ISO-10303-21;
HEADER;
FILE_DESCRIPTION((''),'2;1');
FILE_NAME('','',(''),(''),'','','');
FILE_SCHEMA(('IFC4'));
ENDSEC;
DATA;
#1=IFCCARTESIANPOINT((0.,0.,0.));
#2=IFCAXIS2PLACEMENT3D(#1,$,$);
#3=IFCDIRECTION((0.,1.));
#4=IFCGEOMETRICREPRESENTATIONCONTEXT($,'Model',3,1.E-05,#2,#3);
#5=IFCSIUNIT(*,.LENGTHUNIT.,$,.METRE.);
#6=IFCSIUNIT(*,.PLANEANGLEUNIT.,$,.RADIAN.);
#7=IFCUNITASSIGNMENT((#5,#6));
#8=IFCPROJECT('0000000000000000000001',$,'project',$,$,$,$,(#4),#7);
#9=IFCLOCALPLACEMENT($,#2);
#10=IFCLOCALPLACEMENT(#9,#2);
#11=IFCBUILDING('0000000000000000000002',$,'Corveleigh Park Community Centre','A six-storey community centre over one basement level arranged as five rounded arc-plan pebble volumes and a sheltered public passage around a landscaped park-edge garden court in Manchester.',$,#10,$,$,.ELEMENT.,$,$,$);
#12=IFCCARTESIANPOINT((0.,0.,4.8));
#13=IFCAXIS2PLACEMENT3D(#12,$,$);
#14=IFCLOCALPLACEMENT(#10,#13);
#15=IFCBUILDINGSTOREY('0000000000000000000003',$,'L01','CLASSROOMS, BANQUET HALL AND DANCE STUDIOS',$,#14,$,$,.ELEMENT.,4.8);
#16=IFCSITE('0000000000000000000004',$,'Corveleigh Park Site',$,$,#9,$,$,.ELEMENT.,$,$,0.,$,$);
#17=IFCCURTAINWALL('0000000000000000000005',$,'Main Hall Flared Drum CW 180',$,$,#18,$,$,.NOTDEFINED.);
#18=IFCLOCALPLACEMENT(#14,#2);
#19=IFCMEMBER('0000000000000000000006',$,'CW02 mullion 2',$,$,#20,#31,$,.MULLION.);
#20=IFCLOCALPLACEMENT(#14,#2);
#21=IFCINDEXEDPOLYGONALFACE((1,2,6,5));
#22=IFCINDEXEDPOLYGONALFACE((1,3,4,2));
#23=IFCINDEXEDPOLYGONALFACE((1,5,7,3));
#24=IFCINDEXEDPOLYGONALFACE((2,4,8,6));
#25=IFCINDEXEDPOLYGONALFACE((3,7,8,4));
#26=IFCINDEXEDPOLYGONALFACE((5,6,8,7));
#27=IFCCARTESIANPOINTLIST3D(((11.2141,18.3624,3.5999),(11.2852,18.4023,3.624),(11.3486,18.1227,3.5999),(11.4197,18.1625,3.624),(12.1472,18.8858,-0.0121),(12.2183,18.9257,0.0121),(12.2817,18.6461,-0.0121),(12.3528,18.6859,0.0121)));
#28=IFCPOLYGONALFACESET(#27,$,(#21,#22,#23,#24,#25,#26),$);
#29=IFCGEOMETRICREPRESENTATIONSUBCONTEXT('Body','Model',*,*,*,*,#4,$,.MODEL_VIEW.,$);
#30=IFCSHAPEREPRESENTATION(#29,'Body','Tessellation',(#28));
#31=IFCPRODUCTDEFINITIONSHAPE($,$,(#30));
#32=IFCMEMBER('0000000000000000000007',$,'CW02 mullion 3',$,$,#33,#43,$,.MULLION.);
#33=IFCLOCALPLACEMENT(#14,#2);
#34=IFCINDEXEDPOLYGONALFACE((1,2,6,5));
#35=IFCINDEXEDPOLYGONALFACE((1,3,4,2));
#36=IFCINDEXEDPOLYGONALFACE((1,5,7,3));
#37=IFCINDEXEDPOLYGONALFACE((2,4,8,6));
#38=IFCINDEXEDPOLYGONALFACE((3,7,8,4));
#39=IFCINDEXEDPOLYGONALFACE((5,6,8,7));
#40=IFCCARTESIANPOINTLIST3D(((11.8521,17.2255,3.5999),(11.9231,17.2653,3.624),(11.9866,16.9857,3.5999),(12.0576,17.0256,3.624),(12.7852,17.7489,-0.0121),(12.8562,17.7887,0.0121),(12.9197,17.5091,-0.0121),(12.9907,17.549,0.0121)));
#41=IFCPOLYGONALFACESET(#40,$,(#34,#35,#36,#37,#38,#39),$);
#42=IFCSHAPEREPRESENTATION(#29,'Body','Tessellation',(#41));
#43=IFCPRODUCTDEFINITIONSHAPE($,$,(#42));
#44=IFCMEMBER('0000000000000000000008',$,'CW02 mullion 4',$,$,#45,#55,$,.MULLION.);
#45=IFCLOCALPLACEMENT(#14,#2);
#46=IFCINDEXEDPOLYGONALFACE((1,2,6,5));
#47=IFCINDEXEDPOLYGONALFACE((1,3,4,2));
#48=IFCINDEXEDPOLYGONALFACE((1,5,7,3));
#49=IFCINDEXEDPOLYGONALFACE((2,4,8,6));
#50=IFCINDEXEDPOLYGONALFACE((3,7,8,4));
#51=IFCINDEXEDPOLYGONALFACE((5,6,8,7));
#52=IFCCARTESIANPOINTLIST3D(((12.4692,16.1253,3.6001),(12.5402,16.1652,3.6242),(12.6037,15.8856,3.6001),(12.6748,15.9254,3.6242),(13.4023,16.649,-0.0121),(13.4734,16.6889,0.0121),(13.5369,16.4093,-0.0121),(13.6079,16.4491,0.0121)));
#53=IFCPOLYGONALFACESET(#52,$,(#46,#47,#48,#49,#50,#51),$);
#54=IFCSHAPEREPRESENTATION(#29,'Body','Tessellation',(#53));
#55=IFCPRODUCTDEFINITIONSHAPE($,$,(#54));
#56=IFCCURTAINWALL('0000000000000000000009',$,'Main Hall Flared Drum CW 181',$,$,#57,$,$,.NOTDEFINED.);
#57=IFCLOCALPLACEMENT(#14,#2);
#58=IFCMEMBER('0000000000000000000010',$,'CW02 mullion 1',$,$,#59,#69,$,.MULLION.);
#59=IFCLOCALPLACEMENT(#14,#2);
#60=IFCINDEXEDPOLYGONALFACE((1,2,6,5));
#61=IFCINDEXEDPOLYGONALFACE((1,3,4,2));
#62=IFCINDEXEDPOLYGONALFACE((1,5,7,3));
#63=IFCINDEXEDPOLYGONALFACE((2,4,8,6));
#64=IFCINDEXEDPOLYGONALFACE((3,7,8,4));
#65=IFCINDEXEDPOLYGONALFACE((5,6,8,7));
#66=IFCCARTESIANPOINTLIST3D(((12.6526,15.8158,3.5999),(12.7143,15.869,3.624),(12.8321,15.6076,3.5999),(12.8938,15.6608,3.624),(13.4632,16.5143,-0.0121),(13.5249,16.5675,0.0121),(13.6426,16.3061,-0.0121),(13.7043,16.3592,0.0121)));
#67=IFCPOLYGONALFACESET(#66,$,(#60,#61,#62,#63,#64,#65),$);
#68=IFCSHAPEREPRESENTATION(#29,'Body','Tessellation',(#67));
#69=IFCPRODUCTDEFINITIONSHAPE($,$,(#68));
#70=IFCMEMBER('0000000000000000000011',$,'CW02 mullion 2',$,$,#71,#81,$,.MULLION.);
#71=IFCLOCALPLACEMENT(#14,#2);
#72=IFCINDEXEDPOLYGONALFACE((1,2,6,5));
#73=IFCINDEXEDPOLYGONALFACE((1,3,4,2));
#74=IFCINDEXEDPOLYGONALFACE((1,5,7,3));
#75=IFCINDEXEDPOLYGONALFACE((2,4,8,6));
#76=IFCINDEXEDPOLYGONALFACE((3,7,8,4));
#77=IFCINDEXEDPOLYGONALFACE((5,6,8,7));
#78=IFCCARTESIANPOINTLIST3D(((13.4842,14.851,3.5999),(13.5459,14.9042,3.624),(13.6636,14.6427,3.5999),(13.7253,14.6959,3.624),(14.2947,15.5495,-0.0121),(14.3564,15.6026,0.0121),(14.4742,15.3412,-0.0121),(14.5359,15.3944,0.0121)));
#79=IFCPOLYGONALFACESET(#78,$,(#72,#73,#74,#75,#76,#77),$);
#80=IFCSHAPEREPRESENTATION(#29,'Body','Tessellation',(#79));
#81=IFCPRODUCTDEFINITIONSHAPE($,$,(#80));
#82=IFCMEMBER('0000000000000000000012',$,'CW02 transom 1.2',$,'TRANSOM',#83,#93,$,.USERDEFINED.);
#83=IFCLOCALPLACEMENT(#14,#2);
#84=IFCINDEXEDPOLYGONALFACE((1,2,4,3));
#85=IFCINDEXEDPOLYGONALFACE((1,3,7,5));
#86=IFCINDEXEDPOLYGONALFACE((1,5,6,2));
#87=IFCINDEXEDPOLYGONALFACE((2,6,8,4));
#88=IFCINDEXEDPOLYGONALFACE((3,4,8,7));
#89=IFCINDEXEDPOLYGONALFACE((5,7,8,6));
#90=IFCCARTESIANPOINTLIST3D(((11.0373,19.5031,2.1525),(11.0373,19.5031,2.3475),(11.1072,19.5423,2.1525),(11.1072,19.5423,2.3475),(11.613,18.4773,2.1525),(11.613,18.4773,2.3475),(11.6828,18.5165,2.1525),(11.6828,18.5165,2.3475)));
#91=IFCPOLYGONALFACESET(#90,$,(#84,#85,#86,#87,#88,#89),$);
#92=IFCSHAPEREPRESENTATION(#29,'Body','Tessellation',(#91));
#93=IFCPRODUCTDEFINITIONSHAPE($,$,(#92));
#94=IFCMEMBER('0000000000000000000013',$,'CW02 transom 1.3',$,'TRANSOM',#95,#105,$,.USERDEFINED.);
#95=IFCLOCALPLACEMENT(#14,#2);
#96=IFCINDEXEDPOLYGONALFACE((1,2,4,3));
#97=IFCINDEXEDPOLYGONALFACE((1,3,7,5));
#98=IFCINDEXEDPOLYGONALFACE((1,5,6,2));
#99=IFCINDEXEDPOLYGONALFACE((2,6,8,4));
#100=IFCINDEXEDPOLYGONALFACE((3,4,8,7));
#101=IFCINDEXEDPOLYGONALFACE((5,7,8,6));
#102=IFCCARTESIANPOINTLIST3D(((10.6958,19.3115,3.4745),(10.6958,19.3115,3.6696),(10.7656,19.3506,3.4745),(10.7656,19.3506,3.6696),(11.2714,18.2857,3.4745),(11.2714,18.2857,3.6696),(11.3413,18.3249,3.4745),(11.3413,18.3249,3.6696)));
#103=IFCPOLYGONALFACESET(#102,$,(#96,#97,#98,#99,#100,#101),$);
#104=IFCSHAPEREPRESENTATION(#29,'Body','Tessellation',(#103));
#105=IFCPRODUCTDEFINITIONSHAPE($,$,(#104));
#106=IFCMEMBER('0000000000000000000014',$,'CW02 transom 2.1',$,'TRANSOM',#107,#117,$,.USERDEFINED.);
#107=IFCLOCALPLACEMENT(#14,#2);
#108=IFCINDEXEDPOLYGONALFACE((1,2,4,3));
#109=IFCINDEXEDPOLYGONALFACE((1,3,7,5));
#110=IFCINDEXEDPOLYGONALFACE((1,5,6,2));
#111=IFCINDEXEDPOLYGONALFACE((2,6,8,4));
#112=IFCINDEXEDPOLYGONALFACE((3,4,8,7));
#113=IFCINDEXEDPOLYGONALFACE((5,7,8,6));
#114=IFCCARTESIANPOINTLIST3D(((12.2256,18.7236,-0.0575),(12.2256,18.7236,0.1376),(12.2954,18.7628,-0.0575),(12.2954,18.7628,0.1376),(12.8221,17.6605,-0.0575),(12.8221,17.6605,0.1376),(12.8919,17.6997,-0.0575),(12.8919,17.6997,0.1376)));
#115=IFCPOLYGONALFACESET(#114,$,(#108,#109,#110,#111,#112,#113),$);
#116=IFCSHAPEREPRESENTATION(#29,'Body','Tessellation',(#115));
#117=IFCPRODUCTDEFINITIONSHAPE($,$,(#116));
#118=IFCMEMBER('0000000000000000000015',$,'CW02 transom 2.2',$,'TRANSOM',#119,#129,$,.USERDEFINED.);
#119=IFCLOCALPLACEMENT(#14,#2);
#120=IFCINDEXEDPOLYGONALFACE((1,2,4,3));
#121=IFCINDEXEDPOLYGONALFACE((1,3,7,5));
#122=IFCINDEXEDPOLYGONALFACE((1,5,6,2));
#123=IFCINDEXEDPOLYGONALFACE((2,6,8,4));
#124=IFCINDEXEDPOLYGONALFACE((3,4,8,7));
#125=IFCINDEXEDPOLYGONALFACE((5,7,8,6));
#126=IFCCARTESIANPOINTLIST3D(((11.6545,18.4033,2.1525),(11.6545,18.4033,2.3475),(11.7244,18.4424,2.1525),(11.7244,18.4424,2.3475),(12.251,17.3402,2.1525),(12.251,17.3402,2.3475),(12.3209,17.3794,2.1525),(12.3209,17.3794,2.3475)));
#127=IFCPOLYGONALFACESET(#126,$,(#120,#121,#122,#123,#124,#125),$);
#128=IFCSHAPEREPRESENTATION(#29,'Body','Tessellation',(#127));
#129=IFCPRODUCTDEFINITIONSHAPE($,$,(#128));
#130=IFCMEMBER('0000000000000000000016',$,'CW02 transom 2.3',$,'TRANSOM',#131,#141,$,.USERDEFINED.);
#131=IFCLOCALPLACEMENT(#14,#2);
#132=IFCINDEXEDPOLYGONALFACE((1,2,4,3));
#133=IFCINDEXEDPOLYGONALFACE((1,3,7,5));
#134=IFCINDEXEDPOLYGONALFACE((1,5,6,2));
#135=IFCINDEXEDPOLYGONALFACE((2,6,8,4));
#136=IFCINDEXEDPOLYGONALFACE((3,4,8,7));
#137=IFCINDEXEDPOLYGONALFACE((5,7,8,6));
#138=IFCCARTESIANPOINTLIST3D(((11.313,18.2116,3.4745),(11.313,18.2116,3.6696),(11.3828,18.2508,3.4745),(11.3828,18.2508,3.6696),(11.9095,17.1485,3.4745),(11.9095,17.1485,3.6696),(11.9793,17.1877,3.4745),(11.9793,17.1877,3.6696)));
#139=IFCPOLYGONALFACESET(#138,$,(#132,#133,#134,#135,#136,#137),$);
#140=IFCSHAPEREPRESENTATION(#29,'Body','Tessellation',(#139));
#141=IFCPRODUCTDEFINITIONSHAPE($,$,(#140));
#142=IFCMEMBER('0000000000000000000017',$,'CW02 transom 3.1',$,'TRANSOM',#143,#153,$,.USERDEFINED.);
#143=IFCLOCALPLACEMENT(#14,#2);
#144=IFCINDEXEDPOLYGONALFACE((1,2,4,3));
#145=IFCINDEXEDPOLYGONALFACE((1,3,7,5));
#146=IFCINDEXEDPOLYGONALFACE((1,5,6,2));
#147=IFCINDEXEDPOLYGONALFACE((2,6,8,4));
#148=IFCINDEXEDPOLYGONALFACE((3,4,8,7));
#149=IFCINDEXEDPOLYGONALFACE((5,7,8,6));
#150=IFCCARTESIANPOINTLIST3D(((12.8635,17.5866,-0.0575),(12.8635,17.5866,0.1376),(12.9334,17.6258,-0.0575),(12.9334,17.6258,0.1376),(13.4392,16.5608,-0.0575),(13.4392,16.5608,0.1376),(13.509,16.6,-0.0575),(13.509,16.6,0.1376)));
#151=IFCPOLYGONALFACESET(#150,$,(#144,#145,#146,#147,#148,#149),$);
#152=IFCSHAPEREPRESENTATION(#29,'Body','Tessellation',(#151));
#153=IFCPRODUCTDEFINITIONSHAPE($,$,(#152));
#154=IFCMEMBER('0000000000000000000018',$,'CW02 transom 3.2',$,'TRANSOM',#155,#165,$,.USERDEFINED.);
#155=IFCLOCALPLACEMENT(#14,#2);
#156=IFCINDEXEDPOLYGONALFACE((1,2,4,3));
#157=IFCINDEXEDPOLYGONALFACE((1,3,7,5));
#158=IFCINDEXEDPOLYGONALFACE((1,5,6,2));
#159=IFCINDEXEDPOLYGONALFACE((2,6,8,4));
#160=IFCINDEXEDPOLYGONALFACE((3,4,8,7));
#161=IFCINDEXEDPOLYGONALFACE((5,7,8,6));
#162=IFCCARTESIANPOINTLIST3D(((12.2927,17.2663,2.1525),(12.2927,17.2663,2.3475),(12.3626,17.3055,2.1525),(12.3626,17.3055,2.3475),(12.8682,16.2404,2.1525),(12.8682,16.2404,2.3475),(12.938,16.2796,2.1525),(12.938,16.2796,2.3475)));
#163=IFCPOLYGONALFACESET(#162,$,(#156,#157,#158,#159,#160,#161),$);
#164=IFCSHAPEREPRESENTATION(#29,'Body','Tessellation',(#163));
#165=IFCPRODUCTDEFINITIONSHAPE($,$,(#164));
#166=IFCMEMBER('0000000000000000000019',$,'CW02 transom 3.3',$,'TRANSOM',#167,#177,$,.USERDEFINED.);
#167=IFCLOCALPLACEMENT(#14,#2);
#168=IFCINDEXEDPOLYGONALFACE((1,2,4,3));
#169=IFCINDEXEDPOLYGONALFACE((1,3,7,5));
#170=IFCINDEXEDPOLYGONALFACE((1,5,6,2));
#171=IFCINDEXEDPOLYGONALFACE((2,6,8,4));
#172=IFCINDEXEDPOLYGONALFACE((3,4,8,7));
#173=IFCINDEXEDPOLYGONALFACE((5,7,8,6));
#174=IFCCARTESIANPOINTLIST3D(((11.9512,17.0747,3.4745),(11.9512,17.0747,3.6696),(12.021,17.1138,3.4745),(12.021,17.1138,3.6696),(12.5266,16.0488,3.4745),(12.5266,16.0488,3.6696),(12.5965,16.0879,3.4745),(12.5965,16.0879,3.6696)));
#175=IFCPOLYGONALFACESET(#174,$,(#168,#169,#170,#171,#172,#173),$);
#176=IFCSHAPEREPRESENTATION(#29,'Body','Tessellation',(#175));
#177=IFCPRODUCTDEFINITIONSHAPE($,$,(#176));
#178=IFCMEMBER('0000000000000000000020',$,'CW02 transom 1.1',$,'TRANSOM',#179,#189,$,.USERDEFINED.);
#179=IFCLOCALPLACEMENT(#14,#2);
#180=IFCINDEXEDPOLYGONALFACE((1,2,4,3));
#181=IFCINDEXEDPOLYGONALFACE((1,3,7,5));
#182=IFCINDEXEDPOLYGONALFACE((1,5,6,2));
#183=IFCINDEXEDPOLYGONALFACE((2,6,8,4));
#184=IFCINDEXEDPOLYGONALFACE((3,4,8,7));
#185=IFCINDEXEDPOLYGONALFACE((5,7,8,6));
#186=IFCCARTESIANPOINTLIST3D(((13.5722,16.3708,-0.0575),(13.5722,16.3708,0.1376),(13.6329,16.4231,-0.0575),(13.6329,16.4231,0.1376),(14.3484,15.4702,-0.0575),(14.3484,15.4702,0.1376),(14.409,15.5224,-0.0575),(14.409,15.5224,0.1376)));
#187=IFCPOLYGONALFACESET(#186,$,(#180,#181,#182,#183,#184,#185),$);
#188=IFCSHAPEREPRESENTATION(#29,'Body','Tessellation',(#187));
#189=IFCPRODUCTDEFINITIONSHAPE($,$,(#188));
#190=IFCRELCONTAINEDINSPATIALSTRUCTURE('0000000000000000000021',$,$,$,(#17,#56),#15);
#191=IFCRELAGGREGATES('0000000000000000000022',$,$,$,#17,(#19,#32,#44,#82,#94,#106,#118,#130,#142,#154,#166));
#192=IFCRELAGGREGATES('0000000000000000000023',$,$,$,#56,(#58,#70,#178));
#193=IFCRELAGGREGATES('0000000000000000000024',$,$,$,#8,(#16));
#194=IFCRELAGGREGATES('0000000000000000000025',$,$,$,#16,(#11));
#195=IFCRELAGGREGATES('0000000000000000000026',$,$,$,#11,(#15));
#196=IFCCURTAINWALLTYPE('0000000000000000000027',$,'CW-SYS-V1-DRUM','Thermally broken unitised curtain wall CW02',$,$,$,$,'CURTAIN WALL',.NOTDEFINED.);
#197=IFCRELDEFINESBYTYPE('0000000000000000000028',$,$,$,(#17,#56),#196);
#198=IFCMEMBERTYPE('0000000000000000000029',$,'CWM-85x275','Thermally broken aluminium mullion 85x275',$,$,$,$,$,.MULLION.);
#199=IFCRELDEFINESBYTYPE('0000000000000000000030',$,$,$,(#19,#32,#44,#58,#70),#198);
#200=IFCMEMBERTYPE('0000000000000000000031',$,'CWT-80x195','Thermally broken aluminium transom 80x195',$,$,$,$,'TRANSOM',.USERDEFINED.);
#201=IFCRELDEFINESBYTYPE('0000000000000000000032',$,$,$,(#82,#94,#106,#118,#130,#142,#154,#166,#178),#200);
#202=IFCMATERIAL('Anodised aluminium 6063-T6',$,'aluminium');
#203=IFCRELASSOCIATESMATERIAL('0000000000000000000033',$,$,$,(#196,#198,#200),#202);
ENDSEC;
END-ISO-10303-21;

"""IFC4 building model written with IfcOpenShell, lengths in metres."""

from ifc_helpers import new_model, si_unit, direction, frame, origin, origin_2d, place, context, subcontext, project, spatial, rectangle, extrude, material, material_profile, profile_set, type_object, element, aggregate, save


model = new_model("IFC4")

# Units and contexts
model_context = context("Model", 3, precision=1e-05, world=origin(), true_north=direction((0.0, 1.0)))
body_context = subcontext(model_context, "Body", "Model", "MODEL_VIEW")
ifc_project = project(units=[si_unit("LENGTHUNIT", "METRE"), si_unit("PLANEANGLEUNIT", "RADIAN")], contexts=[model_context])

# Site, building, storey
site_placement = place(None, origin())
site = spatial("IfcSite", under=ifc_project, at=site_placement, Name="Corveleigh Park Site", CompositionType="ELEMENT", RefElevation=0.0)
building_placement = place(site_placement, origin())
building = spatial("IfcBuilding", under=site, at=building_placement, Name="Corveleigh Park Community Centre", Description="A six-storey community centre over one basement level arranged as five rounded arc-plan pebble volumes and a sheltered public passage around a landscaped park-edge garden court in Manchester.", CompositionType="ELEMENT")
storey_placement = place(building_placement, frame((0.0, 0.0, 4.8)))
storey = spatial("IfcBuildingStorey", under=building, at=storey_placement, Name="L01", Description="CLASSROOMS, BANQUET HALL AND DANCE STUDIOS", CompositionType="ELEMENT", Elevation=4.8)

# Curtain walls, members
ifc_material_1 = material(Name="Anodised aluminium 6063-T6", Category="aluminium")
curtain_wall_type = type_object("IfcCurtainWallType", Name="CW-SYS-V1-DRUM", Description="Thermally broken unitised curtain wall CW02", ElementType="CURTAIN WALL", PredefinedType="NOTDEFINED", material=ifc_material_1)
curtain_wall_1_placement = place(storey_placement, origin())
curtain_wall_1 = element("IfcCurtainWall", 1, at=curtain_wall_1_placement, inside=storey, type_object=curtain_wall_type, Name="Main Hall Flared Drum CW 180", PredefinedType="NOTDEFINED")
ifc_material_profile_1 = material_profile(ifc_material_1, rectangle(XDim=0.085, YDim=0.2749, at=origin_2d()), Name="ALU-M85x275", Category="aluminium")
ifc_profile_set_1 = profile_set([ifc_material_profile_1], Name="Anodised aluminium 6063-T6")
member_type_1 = type_object("IfcMemberType", Name="CWM-85x275", Description="Thermally broken aluminium mullion 85x275", PredefinedType="MULLION", material=ifc_profile_set_1)
member_1_placement = place(storey_placement, frame((12.25, 18.7859, 0.0), z_axis=(-0.247693, -0.138947, 0.958823), x_axis=(0.836235, 0.469097, 0.284004)))
member_1 = element("IfcMember", 2, at=member_1_placement, type_object=member_type_1, Name="CW02 mullion 2", PredefinedType="MULLION", context=body_context, shape_type="SweptSolid", body=[
    extrude(rectangle(XDim=0.085, YDim=0.2749, at=origin_2d()), origin(), (0.0, 0.0, 1.0), 3.7671),
])
member_2_placement = place(storey_placement, frame((12.8879, 17.6489, 0.0), z_axis=(-0.247693, -0.138947, 0.958823), x_axis=(0.836235, 0.469097, 0.284004)))
member_2 = element("IfcMember", 3, at=member_2_placement, type_object=member_type_1, Name="CW02 mullion 3", PredefinedType="MULLION", context=body_context, shape_type="SweptSolid", body=[
    extrude(rectangle(XDim=0.085, YDim=0.2749, at=origin_2d()), origin(), (0.0, 0.0, 1.0), 3.7671),
])
member_3_placement = place(storey_placement, frame((13.5051, 16.5491, 0.0), z_axis=(-0.247691, -0.13901, 0.958815), x_axis=(0.836135, 0.469259, 0.284033)))
member_3 = element("IfcMember", 4, at=member_3_placement, type_object=member_type_1, Name="CW02 mullion 4", PredefinedType="MULLION", context=body_context, shape_type="SweptSolid", body=[
    extrude(rectangle(XDim=0.085, YDim=0.2749, at=origin_2d()), origin(), (0.0, 0.0, 1.0), 3.7673),
])
curtain_wall_2_placement = place(storey_placement, origin())
curtain_wall_2 = element("IfcCurtainWall", 5, at=curtain_wall_2_placement, inside=storey, type_object=curtain_wall_type, Name="Main Hall Flared Drum CW 181", PredefinedType="NOTDEFINED")
member_4_placement = place(storey_placement, frame((13.5837, 16.4368, 0.0), z_axis=(-0.215159, -0.185412, 0.958817), x_axis=(0.726333, 0.625915, 0.284026)))
member_4 = element("IfcMember", 6, at=member_4_placement, type_object=member_type_1, Name="CW02 mullion 1", PredefinedType="MULLION", context=body_context, shape_type="SweptSolid", body=[
    extrude(rectangle(XDim=0.085, YDim=0.2749, at=origin_2d()), origin(), (0.0, 0.0, 1.0), 3.7671),
])
member_5_placement = place(storey_placement, frame((14.4153, 15.4719, 0.0), z_axis=(-0.215159, -0.185412, 0.958817), x_axis=(0.726333, 0.625915, 0.284026)))
member_5 = element("IfcMember", 7, at=member_5_placement, type_object=member_type_1, Name="CW02 mullion 2", PredefinedType="MULLION", context=body_context, shape_type="SweptSolid", body=[
    extrude(rectangle(XDim=0.085, YDim=0.2749, at=origin_2d()), origin(), (0.0, 0.0, 1.0), 3.7671),
])

# Members
ifc_material_profile_2 = material_profile(ifc_material_1, rectangle(XDim=0.0801, YDim=0.1951, at=origin_2d()), Name="ALU-T80x195", Category="aluminium")
ifc_profile_set_2 = profile_set([ifc_material_profile_2], Name="Anodised aluminium 6063-T6")
member_type_2 = type_object("IfcMemberType", Name="CWT-80x195", Description="Thermally broken aluminium transom 80x195", ElementType="TRANSOM", PredefinedType="USERDEFINED", material=ifc_profile_set_2)
member_6_placement = place(storey_placement, frame((11.0723, 19.5227, 2.25), z_axis=(0.489374, -0.872074, 0.0), x_axis=(0.872074, 0.489374, 0.0)))
member_6 = element("IfcMember", 8, at=member_6_placement, type_object=member_type_2, Name="CW02 transom 1.2", ObjectType="TRANSOM", PredefinedType="USERDEFINED", context=body_context, shape_type="SweptSolid", body=[
    extrude(rectangle(XDim=0.0801, YDim=0.1951, at=origin_2d()), origin(), (0.0, 0.0, 1.0), 1.1763),
])
member_7_placement = place(storey_placement, frame((10.7307, 19.3311, 3.572), z_axis=(0.489374, -0.872074, 0.0), x_axis=(0.872074, 0.489374, 0.0)))
member_7 = element("IfcMember", 9, at=member_7_placement, type_object=member_type_2, Name="CW02 transom 1.3", ObjectType="TRANSOM", PredefinedType="USERDEFINED", context=body_context, shape_type="SweptSolid", body=[
    extrude(rectangle(XDim=0.0801, YDim=0.1951, at=origin_2d()), origin(), (0.0, 0.0, 1.0), 1.1763),
])
member_8_placement = place(storey_placement, frame((12.2605, 18.7432, 0.04), z_axis=(0.489329, -0.872099, 0.0), x_axis=(0.872099, 0.489329, 0.0)))
member_8 = element("IfcMember", 10, at=member_8_placement, type_object=member_type_2, Name="CW02 transom 2.1", ObjectType="TRANSOM", PredefinedType="USERDEFINED", context=body_context, shape_type="SweptSolid", body=[
    extrude(rectangle(XDim=0.0801, YDim=0.1951, at=origin_2d()), origin(), (0.0, 0.0, 1.0), 1.219),
])
member_9_placement = place(storey_placement, frame((11.6895, 18.4229, 2.25), z_axis=(0.489329, -0.872099, 0.0), x_axis=(0.872099, 0.489329, 0.0)))
member_9 = element("IfcMember", 11, at=member_9_placement, type_object=member_type_2, Name="CW02 transom 2.2", ObjectType="TRANSOM", PredefinedType="USERDEFINED", context=body_context, shape_type="SweptSolid", body=[
    extrude(rectangle(XDim=0.0801, YDim=0.1951, at=origin_2d()), origin(), (0.0, 0.0, 1.0), 1.219),
])
member_10_placement = place(storey_placement, frame((11.3479, 18.2312, 3.572), z_axis=(0.489329, -0.872099, 0.0), x_axis=(0.872099, 0.489329, 0.0)))
member_10 = element("IfcMember", 12, at=member_10_placement, type_object=member_type_2, Name="CW02 transom 2.3", ObjectType="TRANSOM", PredefinedType="USERDEFINED", context=body_context, shape_type="SweptSolid", body=[
    extrude(rectangle(XDim=0.0801, YDim=0.1951, at=origin_2d()), origin(), (0.0, 0.0, 1.0), 1.219),
])
member_11_placement = place(storey_placement, frame((12.8984, 17.6062, 0.04), z_axis=(0.489374, -0.872074, 0.0), x_axis=(0.872074, 0.489374, 0.0)))
member_11 = element("IfcMember", 13, at=member_11_placement, type_object=member_type_2, Name="CW02 transom 3.1", ObjectType="TRANSOM", PredefinedType="USERDEFINED", context=body_context, shape_type="SweptSolid", body=[
    extrude(rectangle(XDim=0.0801, YDim=0.1951, at=origin_2d()), origin(), (0.0, 0.0, 1.0), 1.1763),
])
member_12_placement = place(storey_placement, frame((12.3276, 17.2859, 2.25), z_axis=(0.489216, -0.872162, 0.0), x_axis=(0.872162, 0.489216, 0.0)))
member_12 = element("IfcMember", 14, at=member_12_placement, type_object=member_type_2, Name="CW02 transom 3.2", ObjectType="TRANSOM", PredefinedType="USERDEFINED", context=body_context, shape_type="SweptSolid", body=[
    extrude(rectangle(XDim=0.0801, YDim=0.1951, at=origin_2d()), origin(), (0.0, 0.0, 1.0), 1.1763),
])
member_13_placement = place(storey_placement, frame((11.9861, 17.0942, 3.572), z_axis=(0.489216, -0.872162, 0.0), x_axis=(0.872162, 0.489216, 0.0)))
member_13 = element("IfcMember", 15, at=member_13_placement, type_object=member_type_2, Name="CW02 transom 3.3", ObjectType="TRANSOM", PredefinedType="USERDEFINED", context=body_context, shape_type="SweptSolid", body=[
    extrude(rectangle(XDim=0.0801, YDim=0.1951, at=origin_2d()), origin(), (0.0, 0.0, 1.0), 1.1763),
])
member_14_placement = place(storey_placement, frame((13.6025, 16.397, 0.04), z_axis=(0.652801, -0.757529, 0.0), x_axis=(0.757529, 0.652801, 0.0)))
member_14 = element("IfcMember", 16, at=member_14_placement, type_object=member_type_2, Name="CW02 transom 1.1", ObjectType="TRANSOM", PredefinedType="USERDEFINED", context=body_context, shape_type="SweptSolid", body=[
    extrude(rectangle(XDim=0.0801, YDim=0.1951, at=origin_2d()), origin(), (0.0, 0.0, 1.0), 1.189),
])

aggregate(curtain_wall_1, [member_1, member_2, member_3, member_6, member_7, member_8, member_9, member_10, member_11, member_12, member_13])
aggregate(curtain_wall_2, [member_4, member_5, member_14])

save(model, "model.ifc")
